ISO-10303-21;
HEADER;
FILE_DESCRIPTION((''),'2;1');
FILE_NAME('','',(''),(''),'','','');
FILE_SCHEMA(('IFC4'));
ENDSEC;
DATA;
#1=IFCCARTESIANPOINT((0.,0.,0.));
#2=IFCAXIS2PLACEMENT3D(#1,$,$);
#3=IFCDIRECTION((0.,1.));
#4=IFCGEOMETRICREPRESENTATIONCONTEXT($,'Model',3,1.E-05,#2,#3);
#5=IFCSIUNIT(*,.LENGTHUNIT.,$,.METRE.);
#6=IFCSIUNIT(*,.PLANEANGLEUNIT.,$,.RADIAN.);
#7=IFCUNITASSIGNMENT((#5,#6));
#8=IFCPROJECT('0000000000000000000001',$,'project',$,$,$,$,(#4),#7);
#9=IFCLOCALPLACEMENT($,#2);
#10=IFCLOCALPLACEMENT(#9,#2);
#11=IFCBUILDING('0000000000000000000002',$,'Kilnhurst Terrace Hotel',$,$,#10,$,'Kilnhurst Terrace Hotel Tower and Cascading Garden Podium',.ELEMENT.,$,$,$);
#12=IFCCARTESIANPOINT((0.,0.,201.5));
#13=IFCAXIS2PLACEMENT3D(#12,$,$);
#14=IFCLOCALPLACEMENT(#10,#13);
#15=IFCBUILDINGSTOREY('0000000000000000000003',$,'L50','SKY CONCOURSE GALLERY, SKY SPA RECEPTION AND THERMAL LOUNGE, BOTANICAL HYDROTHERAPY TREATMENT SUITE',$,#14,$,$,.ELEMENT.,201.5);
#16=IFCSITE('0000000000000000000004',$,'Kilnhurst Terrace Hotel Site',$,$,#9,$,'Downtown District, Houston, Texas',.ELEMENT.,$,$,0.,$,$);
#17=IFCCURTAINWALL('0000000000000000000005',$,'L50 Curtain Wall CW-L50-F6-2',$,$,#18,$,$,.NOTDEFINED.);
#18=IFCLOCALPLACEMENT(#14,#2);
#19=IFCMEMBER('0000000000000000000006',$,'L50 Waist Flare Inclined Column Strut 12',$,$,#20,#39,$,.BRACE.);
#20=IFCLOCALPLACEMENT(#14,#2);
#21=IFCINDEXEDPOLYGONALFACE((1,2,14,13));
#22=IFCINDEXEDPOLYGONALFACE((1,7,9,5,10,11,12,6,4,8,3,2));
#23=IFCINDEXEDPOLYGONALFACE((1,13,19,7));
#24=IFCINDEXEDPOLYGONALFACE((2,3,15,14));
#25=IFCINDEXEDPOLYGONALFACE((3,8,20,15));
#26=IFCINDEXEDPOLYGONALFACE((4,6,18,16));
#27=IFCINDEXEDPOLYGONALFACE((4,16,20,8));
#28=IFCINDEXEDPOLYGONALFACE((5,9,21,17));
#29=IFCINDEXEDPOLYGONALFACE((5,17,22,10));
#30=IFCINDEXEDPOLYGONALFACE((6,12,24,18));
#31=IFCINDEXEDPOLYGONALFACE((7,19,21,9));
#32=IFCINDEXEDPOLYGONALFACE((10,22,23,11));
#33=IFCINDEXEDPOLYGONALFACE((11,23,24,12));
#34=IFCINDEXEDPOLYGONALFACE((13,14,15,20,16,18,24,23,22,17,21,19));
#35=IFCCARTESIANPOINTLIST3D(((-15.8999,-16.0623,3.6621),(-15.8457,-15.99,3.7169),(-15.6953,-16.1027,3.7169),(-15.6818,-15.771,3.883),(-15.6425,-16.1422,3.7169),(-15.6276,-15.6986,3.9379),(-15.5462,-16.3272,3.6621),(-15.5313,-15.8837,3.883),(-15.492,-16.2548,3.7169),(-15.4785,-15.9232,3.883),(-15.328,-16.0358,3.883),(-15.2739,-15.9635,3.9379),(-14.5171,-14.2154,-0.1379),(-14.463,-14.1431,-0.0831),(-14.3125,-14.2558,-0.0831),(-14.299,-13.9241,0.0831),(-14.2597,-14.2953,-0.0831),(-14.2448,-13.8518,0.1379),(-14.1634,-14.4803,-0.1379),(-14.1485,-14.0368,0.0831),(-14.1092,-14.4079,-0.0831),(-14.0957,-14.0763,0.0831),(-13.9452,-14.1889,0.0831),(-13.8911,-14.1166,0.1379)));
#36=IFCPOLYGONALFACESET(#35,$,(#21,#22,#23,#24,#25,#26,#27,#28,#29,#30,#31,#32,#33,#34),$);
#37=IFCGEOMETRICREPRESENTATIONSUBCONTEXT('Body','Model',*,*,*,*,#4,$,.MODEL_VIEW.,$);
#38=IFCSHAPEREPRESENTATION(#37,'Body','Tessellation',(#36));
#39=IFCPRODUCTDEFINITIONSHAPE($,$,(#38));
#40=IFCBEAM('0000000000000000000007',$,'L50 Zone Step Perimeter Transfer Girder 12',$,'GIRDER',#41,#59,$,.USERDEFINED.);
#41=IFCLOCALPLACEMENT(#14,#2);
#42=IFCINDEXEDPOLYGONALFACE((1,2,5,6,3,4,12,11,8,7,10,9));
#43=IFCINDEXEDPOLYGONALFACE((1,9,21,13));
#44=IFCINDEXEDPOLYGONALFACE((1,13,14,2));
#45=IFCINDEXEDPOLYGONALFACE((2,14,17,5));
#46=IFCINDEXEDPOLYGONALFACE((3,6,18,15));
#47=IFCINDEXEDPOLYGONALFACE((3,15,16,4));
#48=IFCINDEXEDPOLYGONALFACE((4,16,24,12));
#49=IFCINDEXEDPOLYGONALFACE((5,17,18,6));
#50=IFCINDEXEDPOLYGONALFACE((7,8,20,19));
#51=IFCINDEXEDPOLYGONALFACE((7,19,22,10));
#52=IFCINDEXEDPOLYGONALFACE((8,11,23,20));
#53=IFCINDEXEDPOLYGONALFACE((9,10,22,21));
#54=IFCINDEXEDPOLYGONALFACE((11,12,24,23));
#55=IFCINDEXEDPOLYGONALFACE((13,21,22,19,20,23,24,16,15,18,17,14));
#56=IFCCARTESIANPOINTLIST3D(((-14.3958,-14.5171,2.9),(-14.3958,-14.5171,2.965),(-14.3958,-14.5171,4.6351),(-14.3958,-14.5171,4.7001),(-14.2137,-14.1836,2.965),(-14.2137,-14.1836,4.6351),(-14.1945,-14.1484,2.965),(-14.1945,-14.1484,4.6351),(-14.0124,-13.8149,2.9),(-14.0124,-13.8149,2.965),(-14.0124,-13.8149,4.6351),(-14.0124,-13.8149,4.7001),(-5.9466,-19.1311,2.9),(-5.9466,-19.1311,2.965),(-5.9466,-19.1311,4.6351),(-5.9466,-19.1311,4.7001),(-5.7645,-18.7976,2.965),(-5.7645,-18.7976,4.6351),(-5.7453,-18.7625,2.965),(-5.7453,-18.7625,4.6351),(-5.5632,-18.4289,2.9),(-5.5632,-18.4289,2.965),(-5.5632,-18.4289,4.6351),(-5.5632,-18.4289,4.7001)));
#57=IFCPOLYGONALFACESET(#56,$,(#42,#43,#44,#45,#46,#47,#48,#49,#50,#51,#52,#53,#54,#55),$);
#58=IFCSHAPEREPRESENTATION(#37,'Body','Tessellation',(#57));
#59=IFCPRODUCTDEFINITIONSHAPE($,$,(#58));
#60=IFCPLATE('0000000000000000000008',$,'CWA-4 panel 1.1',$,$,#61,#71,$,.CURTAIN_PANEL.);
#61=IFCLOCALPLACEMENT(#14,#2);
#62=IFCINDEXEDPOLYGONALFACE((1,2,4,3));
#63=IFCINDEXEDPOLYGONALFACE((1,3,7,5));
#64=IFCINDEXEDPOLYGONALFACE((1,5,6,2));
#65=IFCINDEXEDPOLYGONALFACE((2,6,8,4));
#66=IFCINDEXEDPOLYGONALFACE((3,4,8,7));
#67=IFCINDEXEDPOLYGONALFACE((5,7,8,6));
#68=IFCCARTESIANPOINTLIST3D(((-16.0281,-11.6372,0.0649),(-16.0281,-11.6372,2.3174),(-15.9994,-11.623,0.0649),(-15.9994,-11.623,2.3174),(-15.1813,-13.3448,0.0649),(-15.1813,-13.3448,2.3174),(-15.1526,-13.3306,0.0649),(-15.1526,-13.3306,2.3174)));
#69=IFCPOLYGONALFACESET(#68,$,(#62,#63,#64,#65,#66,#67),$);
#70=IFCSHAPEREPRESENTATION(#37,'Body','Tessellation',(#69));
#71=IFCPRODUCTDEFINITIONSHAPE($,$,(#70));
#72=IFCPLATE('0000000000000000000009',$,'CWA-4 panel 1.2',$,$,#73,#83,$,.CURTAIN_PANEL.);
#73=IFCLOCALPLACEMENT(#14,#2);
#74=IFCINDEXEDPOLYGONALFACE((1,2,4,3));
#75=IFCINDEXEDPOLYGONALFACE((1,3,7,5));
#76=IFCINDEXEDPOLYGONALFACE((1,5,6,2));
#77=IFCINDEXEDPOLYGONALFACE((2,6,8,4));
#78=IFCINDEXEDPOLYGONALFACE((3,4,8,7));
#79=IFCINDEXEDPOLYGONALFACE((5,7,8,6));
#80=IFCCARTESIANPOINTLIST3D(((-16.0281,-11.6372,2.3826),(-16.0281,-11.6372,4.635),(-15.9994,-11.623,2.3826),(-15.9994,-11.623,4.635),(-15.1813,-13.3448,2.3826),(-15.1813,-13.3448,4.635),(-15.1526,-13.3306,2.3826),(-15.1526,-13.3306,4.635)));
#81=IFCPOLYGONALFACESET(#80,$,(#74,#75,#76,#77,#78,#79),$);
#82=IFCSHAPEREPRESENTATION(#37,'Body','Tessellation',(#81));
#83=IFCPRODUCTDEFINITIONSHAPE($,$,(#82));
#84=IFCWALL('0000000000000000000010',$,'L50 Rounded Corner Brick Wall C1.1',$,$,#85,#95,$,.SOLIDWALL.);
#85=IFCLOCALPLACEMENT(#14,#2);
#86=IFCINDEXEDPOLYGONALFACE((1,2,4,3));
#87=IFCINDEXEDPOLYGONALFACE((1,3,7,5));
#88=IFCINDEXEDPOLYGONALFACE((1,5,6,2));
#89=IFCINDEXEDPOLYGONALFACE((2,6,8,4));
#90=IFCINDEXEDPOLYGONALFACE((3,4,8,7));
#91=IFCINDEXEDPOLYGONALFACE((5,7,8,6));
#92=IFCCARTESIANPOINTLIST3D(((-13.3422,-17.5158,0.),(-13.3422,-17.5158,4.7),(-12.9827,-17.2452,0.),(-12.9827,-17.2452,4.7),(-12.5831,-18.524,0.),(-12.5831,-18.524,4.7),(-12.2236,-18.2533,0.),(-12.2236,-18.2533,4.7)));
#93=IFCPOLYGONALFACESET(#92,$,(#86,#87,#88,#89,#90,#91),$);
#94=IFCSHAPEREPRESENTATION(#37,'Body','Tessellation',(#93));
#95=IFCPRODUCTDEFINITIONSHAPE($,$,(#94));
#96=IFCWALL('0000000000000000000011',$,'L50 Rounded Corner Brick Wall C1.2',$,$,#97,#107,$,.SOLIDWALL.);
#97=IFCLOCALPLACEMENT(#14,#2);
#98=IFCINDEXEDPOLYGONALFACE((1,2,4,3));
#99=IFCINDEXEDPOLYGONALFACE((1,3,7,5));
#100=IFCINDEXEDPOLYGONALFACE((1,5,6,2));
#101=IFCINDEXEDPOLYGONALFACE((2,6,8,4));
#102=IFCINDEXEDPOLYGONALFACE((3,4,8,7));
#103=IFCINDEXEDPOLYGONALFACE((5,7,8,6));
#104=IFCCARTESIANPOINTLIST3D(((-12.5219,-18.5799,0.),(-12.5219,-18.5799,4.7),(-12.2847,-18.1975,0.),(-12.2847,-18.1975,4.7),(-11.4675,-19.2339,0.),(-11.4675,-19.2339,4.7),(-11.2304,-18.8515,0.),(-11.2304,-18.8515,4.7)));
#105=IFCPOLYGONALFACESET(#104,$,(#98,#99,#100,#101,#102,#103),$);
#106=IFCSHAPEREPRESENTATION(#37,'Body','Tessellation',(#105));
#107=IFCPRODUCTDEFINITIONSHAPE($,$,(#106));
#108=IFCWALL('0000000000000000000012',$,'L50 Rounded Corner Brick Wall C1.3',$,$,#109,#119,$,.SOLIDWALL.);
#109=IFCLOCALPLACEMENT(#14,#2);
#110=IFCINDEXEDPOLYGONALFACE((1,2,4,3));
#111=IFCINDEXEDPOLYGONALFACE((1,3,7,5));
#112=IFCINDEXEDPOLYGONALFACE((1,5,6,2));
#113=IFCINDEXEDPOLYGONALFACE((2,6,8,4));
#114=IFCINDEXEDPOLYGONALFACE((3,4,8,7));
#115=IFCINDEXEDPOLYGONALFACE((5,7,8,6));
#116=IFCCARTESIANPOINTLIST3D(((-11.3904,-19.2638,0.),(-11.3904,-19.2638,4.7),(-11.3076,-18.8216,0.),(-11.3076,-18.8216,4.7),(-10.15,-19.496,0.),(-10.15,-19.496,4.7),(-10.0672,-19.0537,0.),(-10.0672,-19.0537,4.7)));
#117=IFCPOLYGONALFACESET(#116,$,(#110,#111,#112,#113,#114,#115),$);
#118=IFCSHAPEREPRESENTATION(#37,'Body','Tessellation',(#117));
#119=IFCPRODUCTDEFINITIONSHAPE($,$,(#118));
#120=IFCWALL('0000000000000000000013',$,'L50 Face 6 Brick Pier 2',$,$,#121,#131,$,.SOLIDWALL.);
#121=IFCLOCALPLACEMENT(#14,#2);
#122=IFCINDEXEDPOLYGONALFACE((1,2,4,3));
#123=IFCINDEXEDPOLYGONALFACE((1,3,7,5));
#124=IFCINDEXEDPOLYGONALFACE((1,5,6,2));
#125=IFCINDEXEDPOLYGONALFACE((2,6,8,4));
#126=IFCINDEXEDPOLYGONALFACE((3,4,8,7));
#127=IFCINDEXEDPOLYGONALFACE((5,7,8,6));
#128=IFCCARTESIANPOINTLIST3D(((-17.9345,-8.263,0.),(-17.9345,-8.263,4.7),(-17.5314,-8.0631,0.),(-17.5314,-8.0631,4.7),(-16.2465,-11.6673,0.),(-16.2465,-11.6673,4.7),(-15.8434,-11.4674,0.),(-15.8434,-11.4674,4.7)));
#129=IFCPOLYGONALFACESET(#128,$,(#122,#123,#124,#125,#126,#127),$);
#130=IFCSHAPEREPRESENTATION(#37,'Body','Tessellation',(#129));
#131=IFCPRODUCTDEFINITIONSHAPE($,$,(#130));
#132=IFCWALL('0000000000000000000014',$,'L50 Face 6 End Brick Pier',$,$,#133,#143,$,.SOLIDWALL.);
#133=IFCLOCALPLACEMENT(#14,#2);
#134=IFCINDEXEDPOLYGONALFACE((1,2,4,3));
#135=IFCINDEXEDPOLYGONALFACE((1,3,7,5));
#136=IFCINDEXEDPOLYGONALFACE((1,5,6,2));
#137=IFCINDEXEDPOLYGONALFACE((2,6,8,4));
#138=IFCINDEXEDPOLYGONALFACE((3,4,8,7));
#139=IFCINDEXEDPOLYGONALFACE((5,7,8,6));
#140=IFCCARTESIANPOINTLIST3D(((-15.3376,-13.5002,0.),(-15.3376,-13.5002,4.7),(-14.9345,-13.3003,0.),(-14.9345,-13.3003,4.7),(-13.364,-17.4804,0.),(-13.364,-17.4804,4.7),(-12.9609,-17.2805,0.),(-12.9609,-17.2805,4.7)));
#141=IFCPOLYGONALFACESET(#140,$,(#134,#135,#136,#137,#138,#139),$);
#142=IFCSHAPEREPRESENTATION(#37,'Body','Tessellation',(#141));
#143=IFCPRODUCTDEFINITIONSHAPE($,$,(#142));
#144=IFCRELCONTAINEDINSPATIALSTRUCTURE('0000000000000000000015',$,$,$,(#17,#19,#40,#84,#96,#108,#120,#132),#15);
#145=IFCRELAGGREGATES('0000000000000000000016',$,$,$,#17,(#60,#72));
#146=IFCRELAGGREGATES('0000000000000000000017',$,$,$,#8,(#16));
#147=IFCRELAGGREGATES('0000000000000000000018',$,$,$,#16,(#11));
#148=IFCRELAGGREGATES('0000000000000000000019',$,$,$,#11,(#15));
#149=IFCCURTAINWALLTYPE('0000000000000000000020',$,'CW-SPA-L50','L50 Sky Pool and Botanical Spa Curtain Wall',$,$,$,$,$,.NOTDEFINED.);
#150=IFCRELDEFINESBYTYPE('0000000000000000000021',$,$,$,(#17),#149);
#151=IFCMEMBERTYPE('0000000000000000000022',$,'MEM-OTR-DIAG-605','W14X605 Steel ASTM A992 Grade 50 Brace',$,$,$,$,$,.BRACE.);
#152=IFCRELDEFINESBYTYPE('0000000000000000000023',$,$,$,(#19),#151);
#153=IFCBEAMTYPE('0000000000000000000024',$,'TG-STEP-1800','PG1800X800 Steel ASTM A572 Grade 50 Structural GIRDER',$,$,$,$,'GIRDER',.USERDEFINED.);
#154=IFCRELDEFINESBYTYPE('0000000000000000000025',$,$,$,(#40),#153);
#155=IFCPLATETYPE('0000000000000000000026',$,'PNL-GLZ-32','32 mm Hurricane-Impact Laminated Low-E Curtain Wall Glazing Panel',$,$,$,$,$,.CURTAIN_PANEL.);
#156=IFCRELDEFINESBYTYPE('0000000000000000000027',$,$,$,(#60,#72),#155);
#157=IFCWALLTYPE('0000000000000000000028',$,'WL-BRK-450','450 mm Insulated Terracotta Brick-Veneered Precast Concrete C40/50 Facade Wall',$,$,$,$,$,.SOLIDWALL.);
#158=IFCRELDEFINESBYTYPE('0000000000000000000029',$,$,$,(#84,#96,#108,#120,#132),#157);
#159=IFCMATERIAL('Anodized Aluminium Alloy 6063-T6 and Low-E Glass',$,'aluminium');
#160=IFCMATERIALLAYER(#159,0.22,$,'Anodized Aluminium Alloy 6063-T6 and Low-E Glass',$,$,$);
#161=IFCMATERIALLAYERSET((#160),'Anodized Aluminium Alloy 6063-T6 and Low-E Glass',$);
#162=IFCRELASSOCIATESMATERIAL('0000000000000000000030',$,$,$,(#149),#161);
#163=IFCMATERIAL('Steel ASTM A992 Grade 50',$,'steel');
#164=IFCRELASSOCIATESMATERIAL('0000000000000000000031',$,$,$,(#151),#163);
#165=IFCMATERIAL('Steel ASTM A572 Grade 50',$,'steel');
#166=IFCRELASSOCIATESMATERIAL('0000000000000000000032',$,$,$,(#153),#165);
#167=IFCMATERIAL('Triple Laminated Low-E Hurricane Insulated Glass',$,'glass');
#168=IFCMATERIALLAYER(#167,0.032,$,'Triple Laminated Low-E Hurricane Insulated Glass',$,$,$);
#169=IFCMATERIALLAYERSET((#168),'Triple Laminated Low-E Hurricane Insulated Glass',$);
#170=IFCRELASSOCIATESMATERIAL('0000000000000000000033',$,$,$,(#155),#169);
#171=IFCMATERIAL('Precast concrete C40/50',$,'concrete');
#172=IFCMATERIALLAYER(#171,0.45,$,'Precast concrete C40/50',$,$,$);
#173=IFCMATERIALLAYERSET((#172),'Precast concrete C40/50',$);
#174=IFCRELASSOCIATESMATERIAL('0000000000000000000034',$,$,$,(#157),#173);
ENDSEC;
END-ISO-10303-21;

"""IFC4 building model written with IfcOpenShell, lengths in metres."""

from ifc_helpers import new_model, si_unit, direction, frame, frame_2d, origin, origin_2d, place, context, subcontext, project, spatial, rectangle, i_section, extrude, material, layer, layer_set, material_profile, profile_set, type_object, element, aggregate, save


model = new_model("IFC4")

# Units and contexts
model_context = context("Model", 3, precision=1e-05, world=origin(), true_north=direction((0.0, 1.0)))
body_context = subcontext(model_context, "Body", "Model", "MODEL_VIEW")
ifc_project = project(units=[si_unit("LENGTHUNIT", "METRE"), si_unit("PLANEANGLEUNIT", "RADIAN")], contexts=[model_context])

# Site, building, storey
site_placement = place(None, origin())
site = spatial("IfcSite", under=ifc_project, at=site_placement, Name="Kilnhurst Terrace Hotel Site", LongName="Downtown District, Houston, Texas", CompositionType="ELEMENT", RefElevation=0.0)
building_placement = place(site_placement, origin())
building = spatial("IfcBuilding", under=site, at=building_placement, Name="Kilnhurst Terrace Hotel", LongName="Kilnhurst Terrace Hotel Tower and Cascading Garden Podium", CompositionType="ELEMENT")
storey_placement = place(building_placement, frame((0.0, 0.0, 201.5)))
storey = spatial("IfcBuildingStorey", under=building, at=storey_placement, Name="L50", Description="SKY CONCOURSE GALLERY, SKY SPA RECEPTION AND THERMAL LOUNGE, BOTANICAL HYDROTHERAPY TREATMENT SUITE", CompositionType="ELEMENT", Elevation=201.5)

# Shared definitions
ifc_material_1 = material(Name="Steel ASTM A992 Grade 50", Category="steel")

# Shared definitions
ifc_material_2 = material(Name="Anodized Aluminium Alloy 6063-T6 and Low-E Glass", Category="aluminium")
ifc_layer_1 = layer(ifc_material_2, 0.22, Name="Anodized Aluminium Alloy 6063-T6 and Low-E Glass")
ifc_layer_set_1 = layer_set([ifc_layer_1], Name="Anodized Aluminium Alloy 6063-T6 and Low-E Glass")
curtain_wall_type = type_object("IfcCurtainWallType", Name="CW-SPA-L50", Description="L50 Sky Pool and Botanical Spa Curtain Wall", PredefinedType="NOTDEFINED", material=ifc_layer_set_1)

# Curtain wall
curtain_wall_1_placement = place(storey_placement, origin())
curtain_wall_1 = element("IfcCurtainWall", 1, at=curtain_wall_1_placement, inside=storey, type_object=curtain_wall_type, Name="L50 Curtain Wall CW-L50-F6-2", PredefinedType="NOTDEFINED")

# Member
ifc_material_profile_1 = material_profile(ifc_material_1, i_section(OverallWidth=0.4419, OverallDepth=0.5315, WebThickness=0.0659, FlangeThickness=0.1057, at=origin_2d()), Name="W14X605")
ifc_profile_set_1 = profile_set([ifc_material_profile_1], Name="Steel ASTM A992 Grade 50")
member_type_1 = type_object("IfcMemberType", Name="MEM-OTR-DIAG-605", Description="W14X605 Steel ASTM A992 Grade 50 Brace", PredefinedType="BRACE", material=ifc_profile_set_1)
member_1_placement = place(storey_placement, frame((-14.2041, -14.166, 0.0), z_axis=(-0.31105, -0.415447, 0.854782), x_axis=(0.800495, -0.59934, 0.0)))
element("IfcMember", 2, at=member_1_placement, inside=storey, type_object=member_type_1, Name="L50 Waist Flare Inclined Column Strut 12", PredefinedType="BRACE", context=body_context, shape_type="SweptSolid", body=[
    extrude(i_section(OverallWidth=0.4419, OverallDepth=0.5315, WebThickness=0.0659, FlangeThickness=0.1057, at=origin_2d()), origin(), (0.0, 0.0, 1.0), 4.4456),
])

# Beam
ifc_material_3 = material(Name="Steel ASTM A572 Grade 50", Category="steel")
ifc_material_profile_2 = material_profile(ifc_material_3, i_section(OverallWidth=0.8, OverallDepth=1.8, WebThickness=0.04, FlangeThickness=0.0649, at=origin_2d()), Name="PG1800X800")
ifc_profile_set_2 = profile_set([ifc_material_profile_2], Name="Steel ASTM A572 Grade 50")
beam_type_1 = type_object("IfcBeamType", Name="TG-STEP-1800", Description="PG1800X800 Steel ASTM A572 Grade 50 Structural GIRDER", ElementType="GIRDER", PredefinedType="USERDEFINED", material=ifc_profile_set_2)
beam_1_placement = place(storey_placement, frame((-14.2041, -14.166, 3.8), z_axis=(0.877662, -0.47928, 0.0), x_axis=(0.47928, 0.877662, 0.0)))
element("IfcBeam", 3, at=beam_1_placement, inside=storey, type_object=beam_type_1, Name="L50 Zone Step Perimeter Transfer Girder 12", ObjectType="GIRDER", PredefinedType="USERDEFINED", context=body_context, shape_type="SweptSolid", body=[
    extrude(i_section(OverallWidth=0.8, OverallDepth=1.8, WebThickness=0.04, FlangeThickness=0.0649, at=origin_2d()), origin(), (0.0, 0.0, 1.0), 9.627),
])

# Plates
ifc_material_4 = material(Name="Triple Laminated Low-E Hurricane Insulated Glass", Category="glass")
ifc_layer_2 = layer(ifc_material_4, 0.032, Name="Triple Laminated Low-E Hurricane Insulated Glass")
ifc_layer_set_2 = layer_set([ifc_layer_2], Name="Triple Laminated Low-E Hurricane Insulated Glass")
plate_type = type_object("IfcPlateType", Name="PNL-GLZ-32", Description="32 mm Hurricane-Impact Laminated Low-E Curtain Wall Glazing Panel", PredefinedType="CURTAIN_PANEL", material=ifc_layer_set_2)
plate_1_placement = place(storey_placement, frame((-15.5903, -12.4839, 0.0649), z_axis=(0.0, 0.0, 1.0), x_axis=(0.444279, -0.895889, 0.0)))
plate_1 = element("IfcPlate", 4, at=plate_1_placement, type_object=plate_type, Name="CWA-4 panel 1.1", PredefinedType="CURTAIN_PANEL", context=body_context, shape_type="SweptSolid", body=[
    extrude(rectangle(XDim=1.906, YDim=0.032, at=origin_2d()), origin(), (0.0, 0.0, 1.0), 2.2524),
])
plate_2_placement = place(storey_placement, frame((-15.5903, -12.4839, 2.3826), z_axis=(0.0, 0.0, 1.0), x_axis=(0.444279, -0.895889, 0.0)))
plate_2 = element("IfcPlate", 5, at=plate_2_placement, type_object=plate_type, Name="CWA-4 panel 1.2", PredefinedType="CURTAIN_PANEL", context=body_context, shape_type="SweptSolid", body=[
    extrude(rectangle(XDim=1.906, YDim=0.032, at=origin_2d()), origin(), (0.0, 0.0, 1.0), 2.2524),
])
aggregate(curtain_wall_1, [plate_1, plate_2])

# Walls
ifc_material_5 = material(Name="Precast concrete C40/50", Category="concrete")
ifc_layer_3 = layer(ifc_material_5, 0.45, Name="Precast concrete C40/50")
ifc_layer_set_3 = layer_set([ifc_layer_3], Name="Precast concrete C40/50")
wall_type_1 = type_object("IfcWallType", Name="WL-BRK-450", Description="450 mm Insulated Terracotta Brick-Veneered Precast Concrete C40/50 Facade Wall", PredefinedType="SOLIDWALL", material=ifc_layer_set_3)
wall_1_placement = place(storey_placement, frame((-13.1624, -17.3806, 0.0), z_axis=(0.0, 0.0, 1.0), x_axis=(0.601516, -0.798861, 0.0)))
element("IfcWall", 6, at=wall_1_placement, inside=storey, type_object=wall_type_1, Name="L50 Rounded Corner Brick Wall C1.1", PredefinedType="SOLIDWALL", context=body_context, shape_type="SweptSolid", body=[
    extrude(rectangle(XDim=1.262, YDim=0.45, at=frame_2d((0.6309, 0.0))), origin(), (0.0, 0.0, 1.0), 4.7),
])
wall_2_placement = place(storey_placement, frame((-12.4033, -18.3887, 0.0), z_axis=(0.0, 0.0, 1.0), x_axis=(0.849795, -0.527113, 0.0)))
element("IfcWall", 7, at=wall_2_placement, inside=storey, type_object=wall_type_1, Name="L50 Rounded Corner Brick Wall C1.2", PredefinedType="SOLIDWALL", context=body_context, shape_type="SweptSolid", body=[
    extrude(rectangle(XDim=1.2407, YDim=0.45, at=frame_2d((0.6204, 0.0))), origin(), (0.0, 0.0, 1.0), 4.7),
])
wall_3_placement = place(storey_placement, frame((-11.3489, -19.0427, 0.0), z_axis=(0.0, 0.0, 1.0), x_axis=(0.982931, -0.183973, 0.0)))
element("IfcWall", 8, at=wall_3_placement, inside=storey, type_object=wall_type_1, Name="L50 Rounded Corner Brick Wall C1.3", PredefinedType="SOLIDWALL", context=body_context, shape_type="SweptSolid", body=[
    extrude(rectangle(XDim=1.262, YDim=0.45, at=frame_2d((0.6309, 0.0))), origin(), (0.0, 0.0, 1.0), 4.7),
])
wall_4_placement = place(storey_placement, frame((-17.7329, -8.1631, 0.0), z_axis=(0.0, 0.0, 1.0), x_axis=(0.44423, -0.895913, 0.0)))
element("IfcWall", 9, at=wall_4_placement, inside=storey, type_object=wall_type_1, Name="L50 Face 6 Brick Pier 2", PredefinedType="SOLIDWALL", context=body_context, shape_type="SweptSolid", body=[
    extrude(rectangle(XDim=3.7998, YDim=0.45, at=frame_2d((1.8999, 0.0))), origin(), (0.0, 0.0, 1.0), 4.7),
])
wall_5_placement = place(storey_placement, frame((-15.136, -13.4004, 0.0), z_axis=(0.0, 0.0, 1.0), x_axis=(0.444244, -0.895906, 0.0)))
element("IfcWall", 10, at=wall_5_placement, inside=storey, type_object=wall_type_1, Name="L50 Face 6 End Brick Pier", PredefinedType="SOLIDWALL", context=body_context, shape_type="SweptSolid", body=[
    extrude(rectangle(XDim=4.4426, YDim=0.45, at=frame_2d((2.2212, 0.0))), origin(), (0.0, 0.0, 1.0), 4.7),
])

save(model, "model.ifc")
